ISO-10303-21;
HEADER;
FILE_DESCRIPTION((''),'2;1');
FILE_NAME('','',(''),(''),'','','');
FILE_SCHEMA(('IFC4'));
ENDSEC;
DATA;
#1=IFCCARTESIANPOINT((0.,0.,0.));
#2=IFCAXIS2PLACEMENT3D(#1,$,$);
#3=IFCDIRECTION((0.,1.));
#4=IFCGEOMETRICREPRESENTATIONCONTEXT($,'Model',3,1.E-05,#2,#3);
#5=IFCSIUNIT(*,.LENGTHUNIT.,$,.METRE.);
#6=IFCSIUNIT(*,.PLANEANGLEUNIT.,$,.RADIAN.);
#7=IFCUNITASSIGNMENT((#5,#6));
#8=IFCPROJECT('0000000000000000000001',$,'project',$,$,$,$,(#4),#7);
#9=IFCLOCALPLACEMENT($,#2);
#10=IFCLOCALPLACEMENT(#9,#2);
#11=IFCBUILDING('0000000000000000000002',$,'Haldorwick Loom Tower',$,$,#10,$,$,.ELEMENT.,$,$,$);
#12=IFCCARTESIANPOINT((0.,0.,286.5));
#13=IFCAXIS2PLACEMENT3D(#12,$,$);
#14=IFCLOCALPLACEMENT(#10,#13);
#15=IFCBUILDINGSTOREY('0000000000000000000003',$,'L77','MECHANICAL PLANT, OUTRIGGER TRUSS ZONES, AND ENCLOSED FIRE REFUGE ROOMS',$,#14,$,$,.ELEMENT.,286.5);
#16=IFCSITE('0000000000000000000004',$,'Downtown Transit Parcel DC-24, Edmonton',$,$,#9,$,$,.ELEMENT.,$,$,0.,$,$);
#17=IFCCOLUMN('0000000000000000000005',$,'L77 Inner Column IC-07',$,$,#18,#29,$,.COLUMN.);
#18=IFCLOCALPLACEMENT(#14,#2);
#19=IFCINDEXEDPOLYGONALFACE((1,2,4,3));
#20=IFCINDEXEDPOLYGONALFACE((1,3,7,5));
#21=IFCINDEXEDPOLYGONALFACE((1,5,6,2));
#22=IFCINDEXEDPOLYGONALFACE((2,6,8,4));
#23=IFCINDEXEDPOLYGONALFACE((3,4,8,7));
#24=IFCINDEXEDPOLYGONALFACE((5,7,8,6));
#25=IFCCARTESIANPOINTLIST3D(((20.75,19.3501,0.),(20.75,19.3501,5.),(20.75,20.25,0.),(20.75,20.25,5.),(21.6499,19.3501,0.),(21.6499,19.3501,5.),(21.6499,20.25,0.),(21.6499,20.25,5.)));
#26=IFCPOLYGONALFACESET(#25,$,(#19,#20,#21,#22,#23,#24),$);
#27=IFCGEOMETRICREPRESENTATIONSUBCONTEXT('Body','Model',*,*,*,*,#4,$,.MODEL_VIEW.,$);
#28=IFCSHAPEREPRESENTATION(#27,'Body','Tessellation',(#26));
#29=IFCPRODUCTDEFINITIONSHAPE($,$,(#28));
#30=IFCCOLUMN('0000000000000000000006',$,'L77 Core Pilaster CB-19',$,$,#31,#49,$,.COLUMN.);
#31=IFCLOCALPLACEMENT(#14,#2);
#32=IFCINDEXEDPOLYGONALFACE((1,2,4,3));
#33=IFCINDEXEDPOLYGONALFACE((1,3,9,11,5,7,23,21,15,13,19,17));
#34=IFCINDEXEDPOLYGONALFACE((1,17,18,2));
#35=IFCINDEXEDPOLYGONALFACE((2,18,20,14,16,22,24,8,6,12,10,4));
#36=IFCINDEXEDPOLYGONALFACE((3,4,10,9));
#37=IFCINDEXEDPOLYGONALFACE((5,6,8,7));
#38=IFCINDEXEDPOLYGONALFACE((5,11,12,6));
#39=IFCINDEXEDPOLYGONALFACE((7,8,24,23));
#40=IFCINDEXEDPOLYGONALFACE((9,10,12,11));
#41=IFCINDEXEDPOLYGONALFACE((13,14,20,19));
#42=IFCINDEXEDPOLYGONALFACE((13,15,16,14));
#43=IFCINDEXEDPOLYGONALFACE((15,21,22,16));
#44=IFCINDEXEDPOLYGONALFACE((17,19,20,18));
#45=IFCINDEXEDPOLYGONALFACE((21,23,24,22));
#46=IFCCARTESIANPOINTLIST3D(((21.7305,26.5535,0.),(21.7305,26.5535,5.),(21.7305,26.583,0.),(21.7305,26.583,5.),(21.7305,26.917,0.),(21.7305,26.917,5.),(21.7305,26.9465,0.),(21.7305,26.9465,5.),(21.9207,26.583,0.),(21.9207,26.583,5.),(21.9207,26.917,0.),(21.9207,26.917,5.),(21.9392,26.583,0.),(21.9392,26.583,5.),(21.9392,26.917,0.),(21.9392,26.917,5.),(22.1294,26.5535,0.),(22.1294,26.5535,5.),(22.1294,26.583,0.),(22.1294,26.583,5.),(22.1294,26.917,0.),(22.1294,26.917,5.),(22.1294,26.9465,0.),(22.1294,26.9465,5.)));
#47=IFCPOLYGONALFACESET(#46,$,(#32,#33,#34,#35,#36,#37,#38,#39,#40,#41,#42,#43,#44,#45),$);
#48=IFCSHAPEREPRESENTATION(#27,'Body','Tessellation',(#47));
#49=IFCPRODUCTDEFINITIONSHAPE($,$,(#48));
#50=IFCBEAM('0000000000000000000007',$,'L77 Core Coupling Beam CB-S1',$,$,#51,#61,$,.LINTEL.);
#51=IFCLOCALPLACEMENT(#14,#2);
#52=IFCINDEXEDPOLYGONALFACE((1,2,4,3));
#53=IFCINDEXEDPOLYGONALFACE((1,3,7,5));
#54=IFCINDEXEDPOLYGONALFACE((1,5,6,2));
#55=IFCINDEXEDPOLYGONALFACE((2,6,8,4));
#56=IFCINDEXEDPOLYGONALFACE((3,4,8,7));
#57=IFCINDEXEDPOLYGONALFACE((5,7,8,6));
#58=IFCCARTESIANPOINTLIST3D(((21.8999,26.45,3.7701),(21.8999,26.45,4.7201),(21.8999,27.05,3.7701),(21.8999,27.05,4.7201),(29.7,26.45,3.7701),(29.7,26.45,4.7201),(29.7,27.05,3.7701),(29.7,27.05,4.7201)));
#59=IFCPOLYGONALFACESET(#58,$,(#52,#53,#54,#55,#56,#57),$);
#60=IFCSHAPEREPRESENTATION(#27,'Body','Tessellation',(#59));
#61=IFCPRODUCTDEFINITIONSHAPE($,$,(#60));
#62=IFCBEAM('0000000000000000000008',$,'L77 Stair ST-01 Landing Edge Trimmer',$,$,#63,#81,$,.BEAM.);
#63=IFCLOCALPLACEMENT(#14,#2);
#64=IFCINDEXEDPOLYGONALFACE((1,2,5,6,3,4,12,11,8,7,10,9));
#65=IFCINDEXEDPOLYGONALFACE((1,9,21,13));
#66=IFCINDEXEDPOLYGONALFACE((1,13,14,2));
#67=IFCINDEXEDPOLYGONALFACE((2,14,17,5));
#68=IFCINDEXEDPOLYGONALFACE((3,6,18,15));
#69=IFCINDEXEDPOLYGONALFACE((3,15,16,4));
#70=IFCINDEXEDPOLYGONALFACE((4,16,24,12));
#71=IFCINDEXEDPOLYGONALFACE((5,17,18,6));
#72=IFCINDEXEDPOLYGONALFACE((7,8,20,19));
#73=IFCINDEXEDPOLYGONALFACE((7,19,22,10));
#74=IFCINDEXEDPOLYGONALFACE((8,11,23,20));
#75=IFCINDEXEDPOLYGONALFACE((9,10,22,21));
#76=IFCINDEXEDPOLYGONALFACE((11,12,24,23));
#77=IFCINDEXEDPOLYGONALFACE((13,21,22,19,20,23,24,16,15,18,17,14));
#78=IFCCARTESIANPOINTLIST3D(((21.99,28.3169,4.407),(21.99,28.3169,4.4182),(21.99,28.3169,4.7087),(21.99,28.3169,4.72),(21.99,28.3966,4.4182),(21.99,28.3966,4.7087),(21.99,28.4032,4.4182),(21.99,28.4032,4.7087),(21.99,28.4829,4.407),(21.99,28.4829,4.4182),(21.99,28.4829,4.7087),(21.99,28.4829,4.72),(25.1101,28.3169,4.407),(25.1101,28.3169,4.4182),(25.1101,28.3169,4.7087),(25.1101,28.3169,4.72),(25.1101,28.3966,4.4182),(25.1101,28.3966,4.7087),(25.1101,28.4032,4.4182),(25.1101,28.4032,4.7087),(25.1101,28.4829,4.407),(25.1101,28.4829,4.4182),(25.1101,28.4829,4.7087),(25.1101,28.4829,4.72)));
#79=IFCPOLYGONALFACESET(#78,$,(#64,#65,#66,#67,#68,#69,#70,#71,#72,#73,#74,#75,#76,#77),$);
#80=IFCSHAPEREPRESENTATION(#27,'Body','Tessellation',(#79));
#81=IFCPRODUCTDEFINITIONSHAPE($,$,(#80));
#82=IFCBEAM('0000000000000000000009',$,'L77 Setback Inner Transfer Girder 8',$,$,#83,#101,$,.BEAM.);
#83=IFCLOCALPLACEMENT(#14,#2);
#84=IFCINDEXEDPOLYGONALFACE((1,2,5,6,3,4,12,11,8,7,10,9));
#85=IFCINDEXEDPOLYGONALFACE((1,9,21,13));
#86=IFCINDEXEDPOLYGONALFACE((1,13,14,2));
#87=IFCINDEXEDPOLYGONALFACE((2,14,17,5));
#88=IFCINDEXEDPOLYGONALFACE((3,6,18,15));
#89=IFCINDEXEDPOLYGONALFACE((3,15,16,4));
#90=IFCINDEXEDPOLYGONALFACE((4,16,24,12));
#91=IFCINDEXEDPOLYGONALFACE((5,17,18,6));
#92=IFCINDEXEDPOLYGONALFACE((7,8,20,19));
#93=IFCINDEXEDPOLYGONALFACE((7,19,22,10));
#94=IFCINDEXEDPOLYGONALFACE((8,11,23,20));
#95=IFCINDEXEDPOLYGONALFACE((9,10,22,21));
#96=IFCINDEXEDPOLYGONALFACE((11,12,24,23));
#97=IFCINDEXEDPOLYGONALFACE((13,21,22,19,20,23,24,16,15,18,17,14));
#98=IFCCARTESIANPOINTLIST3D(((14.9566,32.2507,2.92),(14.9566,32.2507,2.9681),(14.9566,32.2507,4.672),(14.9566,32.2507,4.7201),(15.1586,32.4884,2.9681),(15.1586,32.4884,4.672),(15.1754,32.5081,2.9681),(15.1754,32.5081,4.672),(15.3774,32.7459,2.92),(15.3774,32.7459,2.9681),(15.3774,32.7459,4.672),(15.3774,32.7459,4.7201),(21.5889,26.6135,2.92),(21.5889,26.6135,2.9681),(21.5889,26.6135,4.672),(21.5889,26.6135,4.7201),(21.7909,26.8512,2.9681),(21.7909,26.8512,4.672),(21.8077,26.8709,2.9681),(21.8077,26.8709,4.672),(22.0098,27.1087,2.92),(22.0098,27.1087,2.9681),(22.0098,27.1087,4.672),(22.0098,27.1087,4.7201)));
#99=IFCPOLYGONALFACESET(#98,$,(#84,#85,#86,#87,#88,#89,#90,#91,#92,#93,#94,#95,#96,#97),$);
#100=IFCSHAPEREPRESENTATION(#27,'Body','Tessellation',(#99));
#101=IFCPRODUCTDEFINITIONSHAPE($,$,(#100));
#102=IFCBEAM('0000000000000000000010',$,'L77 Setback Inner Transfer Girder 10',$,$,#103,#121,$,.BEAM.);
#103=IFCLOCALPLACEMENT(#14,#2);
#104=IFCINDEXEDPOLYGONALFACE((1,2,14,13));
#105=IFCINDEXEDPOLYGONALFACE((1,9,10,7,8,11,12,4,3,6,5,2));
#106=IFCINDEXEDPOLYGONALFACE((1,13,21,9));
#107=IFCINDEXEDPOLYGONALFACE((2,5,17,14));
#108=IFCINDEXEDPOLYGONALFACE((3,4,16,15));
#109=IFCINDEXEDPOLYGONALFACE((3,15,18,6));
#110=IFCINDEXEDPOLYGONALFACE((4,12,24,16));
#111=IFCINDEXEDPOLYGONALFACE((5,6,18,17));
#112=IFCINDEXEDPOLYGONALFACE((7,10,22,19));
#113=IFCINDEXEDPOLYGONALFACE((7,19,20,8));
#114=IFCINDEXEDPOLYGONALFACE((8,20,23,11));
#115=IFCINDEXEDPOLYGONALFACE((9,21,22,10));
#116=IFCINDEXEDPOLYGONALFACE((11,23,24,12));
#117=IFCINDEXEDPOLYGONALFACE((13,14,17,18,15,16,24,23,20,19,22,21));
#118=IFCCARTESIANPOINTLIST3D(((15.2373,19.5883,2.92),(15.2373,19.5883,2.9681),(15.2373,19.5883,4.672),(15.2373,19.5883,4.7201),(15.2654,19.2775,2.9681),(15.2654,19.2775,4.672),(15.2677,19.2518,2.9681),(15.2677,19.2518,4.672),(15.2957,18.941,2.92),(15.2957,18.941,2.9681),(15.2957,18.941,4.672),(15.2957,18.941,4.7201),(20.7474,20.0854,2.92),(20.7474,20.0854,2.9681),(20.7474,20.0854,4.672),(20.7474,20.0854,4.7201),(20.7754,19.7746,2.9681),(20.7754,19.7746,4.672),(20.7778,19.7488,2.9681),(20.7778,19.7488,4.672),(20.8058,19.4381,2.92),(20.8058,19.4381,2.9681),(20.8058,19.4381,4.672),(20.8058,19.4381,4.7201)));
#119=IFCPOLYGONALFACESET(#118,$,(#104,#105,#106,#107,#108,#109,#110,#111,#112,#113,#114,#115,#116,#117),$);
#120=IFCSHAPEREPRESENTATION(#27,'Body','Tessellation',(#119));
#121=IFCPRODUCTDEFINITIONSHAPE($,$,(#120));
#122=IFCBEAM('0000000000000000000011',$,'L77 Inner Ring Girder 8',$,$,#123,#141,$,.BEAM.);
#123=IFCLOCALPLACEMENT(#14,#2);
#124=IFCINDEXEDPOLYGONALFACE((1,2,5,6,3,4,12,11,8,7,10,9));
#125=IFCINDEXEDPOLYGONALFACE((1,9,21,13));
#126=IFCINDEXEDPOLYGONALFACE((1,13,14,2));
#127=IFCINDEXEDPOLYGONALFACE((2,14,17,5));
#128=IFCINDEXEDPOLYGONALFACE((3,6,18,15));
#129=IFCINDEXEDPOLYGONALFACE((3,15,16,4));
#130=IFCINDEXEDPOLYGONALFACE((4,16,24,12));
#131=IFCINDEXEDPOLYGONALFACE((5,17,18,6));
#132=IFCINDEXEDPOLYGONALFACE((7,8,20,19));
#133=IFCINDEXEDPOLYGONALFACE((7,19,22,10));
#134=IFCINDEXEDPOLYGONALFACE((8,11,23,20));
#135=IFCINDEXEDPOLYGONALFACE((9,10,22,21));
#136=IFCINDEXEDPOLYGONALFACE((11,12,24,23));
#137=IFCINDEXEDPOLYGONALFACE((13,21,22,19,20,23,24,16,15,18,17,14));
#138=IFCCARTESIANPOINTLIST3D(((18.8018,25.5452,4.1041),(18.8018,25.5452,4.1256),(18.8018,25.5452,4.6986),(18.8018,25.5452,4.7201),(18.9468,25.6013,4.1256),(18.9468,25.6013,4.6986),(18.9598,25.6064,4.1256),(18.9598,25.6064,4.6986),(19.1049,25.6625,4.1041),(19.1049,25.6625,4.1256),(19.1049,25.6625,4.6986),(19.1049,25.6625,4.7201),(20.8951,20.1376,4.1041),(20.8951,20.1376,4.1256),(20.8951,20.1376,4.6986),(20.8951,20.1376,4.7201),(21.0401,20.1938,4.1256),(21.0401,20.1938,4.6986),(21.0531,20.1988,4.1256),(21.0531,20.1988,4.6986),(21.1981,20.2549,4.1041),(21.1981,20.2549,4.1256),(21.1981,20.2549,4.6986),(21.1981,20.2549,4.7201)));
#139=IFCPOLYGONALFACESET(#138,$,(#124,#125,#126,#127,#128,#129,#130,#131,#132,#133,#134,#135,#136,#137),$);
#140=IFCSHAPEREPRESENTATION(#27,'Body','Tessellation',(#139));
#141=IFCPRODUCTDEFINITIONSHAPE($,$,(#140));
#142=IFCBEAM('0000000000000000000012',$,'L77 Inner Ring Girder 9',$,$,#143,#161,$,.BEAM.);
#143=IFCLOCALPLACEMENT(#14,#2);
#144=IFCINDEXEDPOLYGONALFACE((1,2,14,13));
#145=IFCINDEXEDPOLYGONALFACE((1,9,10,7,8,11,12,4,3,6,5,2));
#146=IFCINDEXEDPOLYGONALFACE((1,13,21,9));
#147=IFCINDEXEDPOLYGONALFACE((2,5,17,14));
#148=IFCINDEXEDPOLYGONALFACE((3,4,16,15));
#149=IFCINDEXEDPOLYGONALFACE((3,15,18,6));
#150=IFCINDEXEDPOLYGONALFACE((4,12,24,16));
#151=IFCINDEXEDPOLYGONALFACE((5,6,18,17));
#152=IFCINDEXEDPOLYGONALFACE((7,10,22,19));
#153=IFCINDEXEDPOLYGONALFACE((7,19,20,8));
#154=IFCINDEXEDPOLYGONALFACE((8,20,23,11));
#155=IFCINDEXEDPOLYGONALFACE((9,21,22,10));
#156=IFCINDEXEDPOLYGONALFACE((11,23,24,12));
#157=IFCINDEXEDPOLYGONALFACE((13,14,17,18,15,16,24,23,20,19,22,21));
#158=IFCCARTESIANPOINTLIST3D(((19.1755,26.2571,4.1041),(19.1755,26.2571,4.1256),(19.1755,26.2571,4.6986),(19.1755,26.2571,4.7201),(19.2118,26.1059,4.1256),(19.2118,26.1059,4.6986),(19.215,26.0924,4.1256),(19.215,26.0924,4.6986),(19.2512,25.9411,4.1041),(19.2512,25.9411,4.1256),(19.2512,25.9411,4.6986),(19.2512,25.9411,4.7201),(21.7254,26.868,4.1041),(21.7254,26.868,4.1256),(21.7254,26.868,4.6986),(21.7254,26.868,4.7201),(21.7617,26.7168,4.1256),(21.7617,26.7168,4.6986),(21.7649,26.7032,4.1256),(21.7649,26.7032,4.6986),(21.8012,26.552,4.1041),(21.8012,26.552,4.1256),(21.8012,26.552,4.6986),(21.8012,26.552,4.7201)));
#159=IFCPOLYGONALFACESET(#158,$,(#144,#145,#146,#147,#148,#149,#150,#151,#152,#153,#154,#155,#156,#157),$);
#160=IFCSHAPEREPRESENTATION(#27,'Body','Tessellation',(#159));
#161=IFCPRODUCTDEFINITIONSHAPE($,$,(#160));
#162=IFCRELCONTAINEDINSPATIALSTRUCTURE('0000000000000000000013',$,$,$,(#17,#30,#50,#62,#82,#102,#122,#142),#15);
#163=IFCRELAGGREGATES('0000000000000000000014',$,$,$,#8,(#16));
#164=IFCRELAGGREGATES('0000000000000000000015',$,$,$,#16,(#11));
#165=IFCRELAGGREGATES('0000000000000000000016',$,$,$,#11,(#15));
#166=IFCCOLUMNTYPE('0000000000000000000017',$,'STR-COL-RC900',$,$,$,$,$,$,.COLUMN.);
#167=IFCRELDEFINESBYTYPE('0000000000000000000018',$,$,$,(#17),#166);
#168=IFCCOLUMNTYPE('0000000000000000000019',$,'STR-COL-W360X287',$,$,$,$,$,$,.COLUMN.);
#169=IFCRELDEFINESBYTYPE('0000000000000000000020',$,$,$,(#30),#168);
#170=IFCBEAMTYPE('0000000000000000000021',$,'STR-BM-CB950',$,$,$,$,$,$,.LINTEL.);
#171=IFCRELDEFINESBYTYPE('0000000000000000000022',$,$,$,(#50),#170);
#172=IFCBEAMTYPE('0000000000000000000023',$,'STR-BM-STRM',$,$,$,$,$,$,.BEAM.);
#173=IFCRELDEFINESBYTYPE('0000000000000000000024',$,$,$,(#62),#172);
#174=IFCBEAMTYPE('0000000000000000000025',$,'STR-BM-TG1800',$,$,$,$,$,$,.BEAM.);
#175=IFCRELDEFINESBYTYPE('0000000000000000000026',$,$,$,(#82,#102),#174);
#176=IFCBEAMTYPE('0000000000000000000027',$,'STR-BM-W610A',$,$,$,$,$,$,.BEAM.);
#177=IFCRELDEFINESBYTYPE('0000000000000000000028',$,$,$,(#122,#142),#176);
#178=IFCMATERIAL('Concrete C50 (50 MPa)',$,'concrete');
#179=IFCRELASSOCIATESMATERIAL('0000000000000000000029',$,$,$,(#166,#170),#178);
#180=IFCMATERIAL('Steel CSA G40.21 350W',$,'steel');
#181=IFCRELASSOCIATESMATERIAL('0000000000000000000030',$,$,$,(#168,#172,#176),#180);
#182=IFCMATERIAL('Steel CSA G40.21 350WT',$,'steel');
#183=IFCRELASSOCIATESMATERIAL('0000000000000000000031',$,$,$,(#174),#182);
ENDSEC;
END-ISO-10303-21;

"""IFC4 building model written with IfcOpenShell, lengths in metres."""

from ifc_helpers import new_model, si_unit, direction, frame, origin, origin_2d, place, context, subcontext, project, spatial, rectangle, i_section, extrude, material, material_profile, profile_set, type_object, element, save


model = new_model("IFC4")

# Units and contexts
model_context = context("Model", 3, precision=1e-05, world=origin(), true_north=direction((0.0, 1.0)))
body_context = subcontext(model_context, "Body", "Model", "MODEL_VIEW")
ifc_project = project(units=[si_unit("LENGTHUNIT", "METRE"), si_unit("PLANEANGLEUNIT", "RADIAN")], contexts=[model_context])

# Site, building, storey
site_placement = place(None, origin())
site = spatial("IfcSite", under=ifc_project, at=site_placement, Name="Downtown Transit Parcel DC-24, Edmonton", CompositionType="ELEMENT", RefElevation=0.0)
building_placement = place(site_placement, origin())
building = spatial("IfcBuilding", under=site, at=building_placement, Name="Haldorwick Loom Tower", CompositionType="ELEMENT")
storey_placement = place(building_placement, frame((0.0, 0.0, 286.5)))
storey = spatial("IfcBuildingStorey", under=building, at=storey_placement, Name="L77", Description="MECHANICAL PLANT, OUTRIGGER TRUSS ZONES, AND ENCLOSED FIRE REFUGE ROOMS", CompositionType="ELEMENT", Elevation=286.5)

# Columns
ifc_material_1 = material(Name="Concrete C50 (50 MPa)", Category="concrete")
ifc_material_profile_1 = material_profile(ifc_material_1, rectangle(XDim=0.8999, YDim=0.8999, at=origin_2d()), Name="RC900X900", Category="concrete")
ifc_profile_set_1 = profile_set([ifc_material_profile_1], Name="Concrete C50 (50 MPa)")
column_type_1 = type_object("IfcColumnType", Name="STR-COL-RC900", PredefinedType="COLUMN", material=ifc_profile_set_1)
column_1_placement = place(storey_placement, frame((21.2, 19.8, 0.0), z_axis=(0.0, 0.0, 1.0), x_axis=(1.0, 0.0, 0.0)))
element("IfcColumn", 1, at=column_1_placement, inside=storey, type_object=column_type_1, Name="L77 Inner Column IC-07", PredefinedType="COLUMN", context=body_context, shape_type="SweptSolid", body=[
    extrude(rectangle(XDim=0.8999, YDim=0.8999, at=origin_2d()), origin(), (0.0, 0.0, 1.0), 5.0),
])
ifc_material_2 = material(Name="Steel CSA G40.21 350W", Category="steel")
ifc_material_profile_2 = material_profile(ifc_material_2, i_section(OverallWidth=0.3989, OverallDepth=0.3931, WebThickness=0.0186, FlangeThickness=0.0295, at=origin_2d()), Name="W360X287", Category="steel")
ifc_profile_set_2 = profile_set([ifc_material_profile_2], Name="Steel CSA G40.21 350W")
column_type_2 = type_object("IfcColumnType", Name="STR-COL-W360X287", PredefinedType="COLUMN", material=ifc_profile_set_2)
column_2_placement = place(storey_placement, frame((21.9299, 26.75, 0.0), z_axis=(0.0, 0.0, 1.0), x_axis=(1.0, 0.0, 0.0)))
element("IfcColumn", 2, at=column_2_placement, inside=storey, type_object=column_type_2, Name="L77 Core Pilaster CB-19", PredefinedType="COLUMN", context=body_context, shape_type="SweptSolid", body=[
    extrude(i_section(OverallWidth=0.3989, OverallDepth=0.3931, WebThickness=0.0186, FlangeThickness=0.0295, at=origin_2d()), origin(), (0.0, 0.0, 1.0), 5.0),
])

# Beams
ifc_material_profile_3 = material_profile(ifc_material_1, rectangle(XDim=0.6001, YDim=0.95, at=origin_2d()), Name="RC600X950", Category="concrete")
ifc_profile_set_3 = profile_set([ifc_material_profile_3], Name="Concrete C50 (50 MPa)")
beam_type_1 = type_object("IfcBeamType", Name="STR-BM-CB950", PredefinedType="LINTEL", material=ifc_profile_set_3)
beam_1_placement = place(storey_placement, frame((21.8999, 26.75, 4.2451), z_axis=(1.0, 0.0, 0.0), x_axis=(0.0, 1.0, 0.0)))
element("IfcBeam", 3, at=beam_1_placement, inside=storey, type_object=beam_type_1, Name="L77 Core Coupling Beam CB-S1", PredefinedType="LINTEL", context=body_context, shape_type="SweptSolid", body=[
    extrude(rectangle(XDim=0.6001, YDim=0.95, at=origin_2d()), origin(), (0.0, 0.0, 1.0), 7.8),
])
ifc_material_profile_4 = material_profile(ifc_material_2, i_section(OverallWidth=0.166, OverallDepth=0.313, WebThickness=0.0066, FlangeThickness=0.0112, at=origin_2d()), Name="W310X45", Category="steel")
ifc_profile_set_4 = profile_set([ifc_material_profile_4], Name="Steel CSA G40.21 350W")
beam_type_2 = type_object("IfcBeamType", Name="STR-BM-STRM", PredefinedType="BEAM", material=ifc_profile_set_4)
beam_2_placement = place(storey_placement, frame((21.99, 28.3999, 4.5635), z_axis=(1.0, 0.0, 0.0), x_axis=(0.0, 1.0, 0.0)))
element("IfcBeam", 4, at=beam_2_placement, inside=storey, type_object=beam_type_2, Name="L77 Stair ST-01 Landing Edge Trimmer", PredefinedType="BEAM", context=body_context, shape_type="SweptSolid", body=[
    extrude(i_section(OverallWidth=0.166, OverallDepth=0.313, WebThickness=0.0066, FlangeThickness=0.0112, at=origin_2d()), origin(), (0.0, 0.0, 1.0), 3.1201),
])
ifc_material_3 = material(Name="Steel CSA G40.21 350WT", Category="steel")
ifc_material_profile_5 = material_profile(ifc_material_3, i_section(OverallWidth=0.6499, OverallDepth=1.8, WebThickness=0.0259, FlangeThickness=0.0481, at=origin_2d()), Name="WWF1800X650", Category="steel")
ifc_profile_set_5 = profile_set([ifc_material_profile_5], Name="Steel CSA G40.21 350WT")
beam_type_3 = type_object("IfcBeamType", Name="STR-BM-TG1800", PredefinedType="BEAM", material=ifc_profile_set_5)
beam_3_placement = place(storey_placement, frame((21.7993, 26.8611, 3.8201), z_axis=(-0.761955, 0.647631, 0.0), x_axis=(-0.647631, -0.761955, 0.0)))
element("IfcBeam", 5, at=beam_3_placement, inside=storey, type_object=beam_type_3, Name="L77 Setback Inner Transfer Girder 8", PredefinedType="BEAM", context=body_context, shape_type="SweptSolid", body=[
    extrude(i_section(OverallWidth=0.6499, OverallDepth=1.8, WebThickness=0.0259, FlangeThickness=0.0481, at=origin_2d()), origin(), (0.0, 0.0, 1.0), 8.7043),
])
beam_4_placement = place(storey_placement, frame((20.7766, 19.7617, 3.8201), z_axis=(-0.995956, -0.089847, 0.0), x_axis=(0.089847, -0.995956, 0.0)))
element("IfcBeam", 6, at=beam_4_placement, inside=storey, type_object=beam_type_3, Name="L77 Setback Inner Transfer Girder 10", PredefinedType="BEAM", context=body_context, shape_type="SweptSolid", body=[
    extrude(i_section(OverallWidth=0.6499, OverallDepth=1.8, WebThickness=0.0259, FlangeThickness=0.0481, at=origin_2d()), origin(), (0.0, 0.0, 1.0), 5.5325),
])
ifc_material_profile_6 = material_profile(ifc_material_2, i_section(OverallWidth=0.325, OverallDepth=0.616, WebThickness=0.0139, FlangeThickness=0.0215, at=origin_2d()), Name="W610X174", Category="steel")
ifc_profile_set_6 = profile_set([ifc_material_profile_6], Name="Steel CSA G40.21 350W")
beam_type_4 = type_object("IfcBeamType", Name="STR-BM-W610A", PredefinedType="BEAM", material=ifc_profile_set_6)
beam_5_placement = place(storey_placement, frame((21.0466, 20.1963, 4.4121), z_axis=(-0.361001, 0.932565, 0.0), x_axis=(-0.932565, -0.361001, 0.0)))
element("IfcBeam", 7, at=beam_5_placement, inside=storey, type_object=beam_type_4, Name="L77 Inner Ring Girder 8", PredefinedType="BEAM", context=body_context, shape_type="SweptSolid", body=[
    extrude(i_section(OverallWidth=0.325, OverallDepth=0.616, WebThickness=0.0139, FlangeThickness=0.0215, at=origin_2d()), origin(), (0.0, 0.0, 1.0), 5.7986),
])
beam_6_placement = place(storey_placement, frame((19.2134, 26.0991, 4.4121), z_axis=(0.972484, 0.232971, 0.0), x_axis=(-0.232971, 0.972484, 0.0)))
element("IfcBeam", 8, at=beam_6_placement, inside=storey, type_object=beam_type_4, Name="L77 Inner Ring Girder 9", PredefinedType="BEAM", context=body_context, shape_type="SweptSolid", body=[
    extrude(i_section(OverallWidth=0.325, OverallDepth=0.616, WebThickness=0.0139, FlangeThickness=0.0215, at=origin_2d()), origin(), (0.0, 0.0, 1.0), 2.6221),
])

save(model, "model.ifc")
